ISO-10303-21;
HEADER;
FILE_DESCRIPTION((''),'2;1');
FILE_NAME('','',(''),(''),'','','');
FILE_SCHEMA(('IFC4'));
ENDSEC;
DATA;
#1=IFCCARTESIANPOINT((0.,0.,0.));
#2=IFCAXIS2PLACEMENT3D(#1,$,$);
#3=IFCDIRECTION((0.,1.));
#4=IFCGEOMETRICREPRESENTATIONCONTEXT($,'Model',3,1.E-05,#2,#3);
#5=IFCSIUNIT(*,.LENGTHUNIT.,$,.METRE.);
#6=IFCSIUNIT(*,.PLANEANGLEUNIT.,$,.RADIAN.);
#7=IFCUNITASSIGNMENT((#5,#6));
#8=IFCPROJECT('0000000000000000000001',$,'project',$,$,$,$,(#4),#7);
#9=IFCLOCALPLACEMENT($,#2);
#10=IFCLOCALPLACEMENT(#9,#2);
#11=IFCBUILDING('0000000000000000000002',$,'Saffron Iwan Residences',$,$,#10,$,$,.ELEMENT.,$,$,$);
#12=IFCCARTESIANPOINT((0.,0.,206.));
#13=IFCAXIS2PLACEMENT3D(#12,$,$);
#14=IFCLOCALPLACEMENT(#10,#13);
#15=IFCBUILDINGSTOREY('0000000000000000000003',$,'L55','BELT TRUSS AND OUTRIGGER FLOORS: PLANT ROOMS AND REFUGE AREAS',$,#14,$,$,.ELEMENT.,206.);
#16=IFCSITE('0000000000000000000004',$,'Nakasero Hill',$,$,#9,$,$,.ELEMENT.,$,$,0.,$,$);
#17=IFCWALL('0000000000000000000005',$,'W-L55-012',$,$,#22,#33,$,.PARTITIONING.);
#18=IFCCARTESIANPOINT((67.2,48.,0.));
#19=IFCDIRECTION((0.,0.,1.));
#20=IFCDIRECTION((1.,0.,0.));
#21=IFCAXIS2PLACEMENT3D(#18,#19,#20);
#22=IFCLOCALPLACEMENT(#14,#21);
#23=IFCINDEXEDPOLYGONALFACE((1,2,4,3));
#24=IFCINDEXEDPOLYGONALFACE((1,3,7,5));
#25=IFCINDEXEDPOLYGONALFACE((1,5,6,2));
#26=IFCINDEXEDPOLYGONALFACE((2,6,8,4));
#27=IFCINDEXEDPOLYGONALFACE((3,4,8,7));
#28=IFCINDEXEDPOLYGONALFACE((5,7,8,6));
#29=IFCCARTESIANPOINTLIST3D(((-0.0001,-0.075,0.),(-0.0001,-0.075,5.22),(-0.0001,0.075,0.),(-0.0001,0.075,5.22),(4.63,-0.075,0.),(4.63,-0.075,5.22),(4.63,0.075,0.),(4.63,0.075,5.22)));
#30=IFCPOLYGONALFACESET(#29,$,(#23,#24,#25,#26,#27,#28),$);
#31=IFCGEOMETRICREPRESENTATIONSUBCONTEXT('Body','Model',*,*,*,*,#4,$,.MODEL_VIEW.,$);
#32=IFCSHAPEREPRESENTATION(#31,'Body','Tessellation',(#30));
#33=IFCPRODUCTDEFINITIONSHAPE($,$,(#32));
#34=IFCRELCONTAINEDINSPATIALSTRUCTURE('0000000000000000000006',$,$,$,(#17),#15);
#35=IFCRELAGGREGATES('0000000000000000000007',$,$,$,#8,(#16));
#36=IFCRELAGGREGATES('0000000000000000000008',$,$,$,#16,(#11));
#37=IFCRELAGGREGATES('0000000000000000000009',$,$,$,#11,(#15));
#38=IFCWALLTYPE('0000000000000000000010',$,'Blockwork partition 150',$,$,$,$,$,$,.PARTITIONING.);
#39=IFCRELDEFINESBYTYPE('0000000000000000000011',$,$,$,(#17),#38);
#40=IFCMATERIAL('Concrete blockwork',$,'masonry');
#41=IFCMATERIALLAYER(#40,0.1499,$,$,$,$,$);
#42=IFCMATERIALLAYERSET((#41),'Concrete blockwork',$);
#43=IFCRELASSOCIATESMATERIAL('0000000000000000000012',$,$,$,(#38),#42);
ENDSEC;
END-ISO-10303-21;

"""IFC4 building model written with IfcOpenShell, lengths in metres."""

from ifc_helpers import new_model, si_unit, direction, frame, frame_2d, origin, place, context, subcontext, project, spatial, rectangle, extrude, material, layer, layer_set, type_object, element, save


model = new_model("IFC4")

# Units and contexts
model_context = context("Model", 3, precision=1e-05, world=origin(), true_north=direction((0.0, 1.0)))
body_context = subcontext(model_context, "Body", "Model", "MODEL_VIEW")
ifc_project = project(units=[si_unit("LENGTHUNIT", "METRE"), si_unit("PLANEANGLEUNIT", "RADIAN")], contexts=[model_context])

# Site, building, storey
site_placement = place(None, origin())
site = spatial("IfcSite", under=ifc_project, at=site_placement, Name="Nakasero Hill", CompositionType="ELEMENT", RefElevation=0.0)
building_placement = place(site_placement, origin())
building = spatial("IfcBuilding", under=site, at=building_placement, Name="Saffron Iwan Residences", CompositionType="ELEMENT")
storey_placement = place(building_placement, frame((0.0, 0.0, 206.0)))
storey = spatial("IfcBuildingStorey", under=building, at=storey_placement, Name="L55", Description="BELT TRUSS AND OUTRIGGER FLOORS: PLANT ROOMS AND REFUGE AREAS", CompositionType="ELEMENT", Elevation=206.0)

# Shared definitions
ifc_material_1 = material(Name="Concrete blockwork", Category="masonry")
ifc_layer_1 = layer(ifc_material_1, 0.1499)
ifc_layer_set_1 = layer_set([ifc_layer_1], Name="Concrete blockwork")
wall_type_1 = type_object("IfcWallType", Name="Blockwork partition 150", PredefinedType="PARTITIONING", material=ifc_layer_set_1)

# Wall
wall_1_placement = place(storey_placement, frame((67.2, 48.0, 0.0), z_axis=(0.0, 0.0, 1.0), x_axis=(1.0, 0.0, 0.0)))
element("IfcWall", 1, at=wall_1_placement, inside=storey, type_object=wall_type_1, Name="W-L55-012", PredefinedType="PARTITIONING", context=body_context, shape_type="SweptSolid", body=[
    extrude(rectangle(XDim=4.6301, YDim=0.1499, at=frame_2d((2.3149, 0.0))), origin(), (0.0, 0.0, 1.0), 5.22),
])

save(model, "model.ifc")
